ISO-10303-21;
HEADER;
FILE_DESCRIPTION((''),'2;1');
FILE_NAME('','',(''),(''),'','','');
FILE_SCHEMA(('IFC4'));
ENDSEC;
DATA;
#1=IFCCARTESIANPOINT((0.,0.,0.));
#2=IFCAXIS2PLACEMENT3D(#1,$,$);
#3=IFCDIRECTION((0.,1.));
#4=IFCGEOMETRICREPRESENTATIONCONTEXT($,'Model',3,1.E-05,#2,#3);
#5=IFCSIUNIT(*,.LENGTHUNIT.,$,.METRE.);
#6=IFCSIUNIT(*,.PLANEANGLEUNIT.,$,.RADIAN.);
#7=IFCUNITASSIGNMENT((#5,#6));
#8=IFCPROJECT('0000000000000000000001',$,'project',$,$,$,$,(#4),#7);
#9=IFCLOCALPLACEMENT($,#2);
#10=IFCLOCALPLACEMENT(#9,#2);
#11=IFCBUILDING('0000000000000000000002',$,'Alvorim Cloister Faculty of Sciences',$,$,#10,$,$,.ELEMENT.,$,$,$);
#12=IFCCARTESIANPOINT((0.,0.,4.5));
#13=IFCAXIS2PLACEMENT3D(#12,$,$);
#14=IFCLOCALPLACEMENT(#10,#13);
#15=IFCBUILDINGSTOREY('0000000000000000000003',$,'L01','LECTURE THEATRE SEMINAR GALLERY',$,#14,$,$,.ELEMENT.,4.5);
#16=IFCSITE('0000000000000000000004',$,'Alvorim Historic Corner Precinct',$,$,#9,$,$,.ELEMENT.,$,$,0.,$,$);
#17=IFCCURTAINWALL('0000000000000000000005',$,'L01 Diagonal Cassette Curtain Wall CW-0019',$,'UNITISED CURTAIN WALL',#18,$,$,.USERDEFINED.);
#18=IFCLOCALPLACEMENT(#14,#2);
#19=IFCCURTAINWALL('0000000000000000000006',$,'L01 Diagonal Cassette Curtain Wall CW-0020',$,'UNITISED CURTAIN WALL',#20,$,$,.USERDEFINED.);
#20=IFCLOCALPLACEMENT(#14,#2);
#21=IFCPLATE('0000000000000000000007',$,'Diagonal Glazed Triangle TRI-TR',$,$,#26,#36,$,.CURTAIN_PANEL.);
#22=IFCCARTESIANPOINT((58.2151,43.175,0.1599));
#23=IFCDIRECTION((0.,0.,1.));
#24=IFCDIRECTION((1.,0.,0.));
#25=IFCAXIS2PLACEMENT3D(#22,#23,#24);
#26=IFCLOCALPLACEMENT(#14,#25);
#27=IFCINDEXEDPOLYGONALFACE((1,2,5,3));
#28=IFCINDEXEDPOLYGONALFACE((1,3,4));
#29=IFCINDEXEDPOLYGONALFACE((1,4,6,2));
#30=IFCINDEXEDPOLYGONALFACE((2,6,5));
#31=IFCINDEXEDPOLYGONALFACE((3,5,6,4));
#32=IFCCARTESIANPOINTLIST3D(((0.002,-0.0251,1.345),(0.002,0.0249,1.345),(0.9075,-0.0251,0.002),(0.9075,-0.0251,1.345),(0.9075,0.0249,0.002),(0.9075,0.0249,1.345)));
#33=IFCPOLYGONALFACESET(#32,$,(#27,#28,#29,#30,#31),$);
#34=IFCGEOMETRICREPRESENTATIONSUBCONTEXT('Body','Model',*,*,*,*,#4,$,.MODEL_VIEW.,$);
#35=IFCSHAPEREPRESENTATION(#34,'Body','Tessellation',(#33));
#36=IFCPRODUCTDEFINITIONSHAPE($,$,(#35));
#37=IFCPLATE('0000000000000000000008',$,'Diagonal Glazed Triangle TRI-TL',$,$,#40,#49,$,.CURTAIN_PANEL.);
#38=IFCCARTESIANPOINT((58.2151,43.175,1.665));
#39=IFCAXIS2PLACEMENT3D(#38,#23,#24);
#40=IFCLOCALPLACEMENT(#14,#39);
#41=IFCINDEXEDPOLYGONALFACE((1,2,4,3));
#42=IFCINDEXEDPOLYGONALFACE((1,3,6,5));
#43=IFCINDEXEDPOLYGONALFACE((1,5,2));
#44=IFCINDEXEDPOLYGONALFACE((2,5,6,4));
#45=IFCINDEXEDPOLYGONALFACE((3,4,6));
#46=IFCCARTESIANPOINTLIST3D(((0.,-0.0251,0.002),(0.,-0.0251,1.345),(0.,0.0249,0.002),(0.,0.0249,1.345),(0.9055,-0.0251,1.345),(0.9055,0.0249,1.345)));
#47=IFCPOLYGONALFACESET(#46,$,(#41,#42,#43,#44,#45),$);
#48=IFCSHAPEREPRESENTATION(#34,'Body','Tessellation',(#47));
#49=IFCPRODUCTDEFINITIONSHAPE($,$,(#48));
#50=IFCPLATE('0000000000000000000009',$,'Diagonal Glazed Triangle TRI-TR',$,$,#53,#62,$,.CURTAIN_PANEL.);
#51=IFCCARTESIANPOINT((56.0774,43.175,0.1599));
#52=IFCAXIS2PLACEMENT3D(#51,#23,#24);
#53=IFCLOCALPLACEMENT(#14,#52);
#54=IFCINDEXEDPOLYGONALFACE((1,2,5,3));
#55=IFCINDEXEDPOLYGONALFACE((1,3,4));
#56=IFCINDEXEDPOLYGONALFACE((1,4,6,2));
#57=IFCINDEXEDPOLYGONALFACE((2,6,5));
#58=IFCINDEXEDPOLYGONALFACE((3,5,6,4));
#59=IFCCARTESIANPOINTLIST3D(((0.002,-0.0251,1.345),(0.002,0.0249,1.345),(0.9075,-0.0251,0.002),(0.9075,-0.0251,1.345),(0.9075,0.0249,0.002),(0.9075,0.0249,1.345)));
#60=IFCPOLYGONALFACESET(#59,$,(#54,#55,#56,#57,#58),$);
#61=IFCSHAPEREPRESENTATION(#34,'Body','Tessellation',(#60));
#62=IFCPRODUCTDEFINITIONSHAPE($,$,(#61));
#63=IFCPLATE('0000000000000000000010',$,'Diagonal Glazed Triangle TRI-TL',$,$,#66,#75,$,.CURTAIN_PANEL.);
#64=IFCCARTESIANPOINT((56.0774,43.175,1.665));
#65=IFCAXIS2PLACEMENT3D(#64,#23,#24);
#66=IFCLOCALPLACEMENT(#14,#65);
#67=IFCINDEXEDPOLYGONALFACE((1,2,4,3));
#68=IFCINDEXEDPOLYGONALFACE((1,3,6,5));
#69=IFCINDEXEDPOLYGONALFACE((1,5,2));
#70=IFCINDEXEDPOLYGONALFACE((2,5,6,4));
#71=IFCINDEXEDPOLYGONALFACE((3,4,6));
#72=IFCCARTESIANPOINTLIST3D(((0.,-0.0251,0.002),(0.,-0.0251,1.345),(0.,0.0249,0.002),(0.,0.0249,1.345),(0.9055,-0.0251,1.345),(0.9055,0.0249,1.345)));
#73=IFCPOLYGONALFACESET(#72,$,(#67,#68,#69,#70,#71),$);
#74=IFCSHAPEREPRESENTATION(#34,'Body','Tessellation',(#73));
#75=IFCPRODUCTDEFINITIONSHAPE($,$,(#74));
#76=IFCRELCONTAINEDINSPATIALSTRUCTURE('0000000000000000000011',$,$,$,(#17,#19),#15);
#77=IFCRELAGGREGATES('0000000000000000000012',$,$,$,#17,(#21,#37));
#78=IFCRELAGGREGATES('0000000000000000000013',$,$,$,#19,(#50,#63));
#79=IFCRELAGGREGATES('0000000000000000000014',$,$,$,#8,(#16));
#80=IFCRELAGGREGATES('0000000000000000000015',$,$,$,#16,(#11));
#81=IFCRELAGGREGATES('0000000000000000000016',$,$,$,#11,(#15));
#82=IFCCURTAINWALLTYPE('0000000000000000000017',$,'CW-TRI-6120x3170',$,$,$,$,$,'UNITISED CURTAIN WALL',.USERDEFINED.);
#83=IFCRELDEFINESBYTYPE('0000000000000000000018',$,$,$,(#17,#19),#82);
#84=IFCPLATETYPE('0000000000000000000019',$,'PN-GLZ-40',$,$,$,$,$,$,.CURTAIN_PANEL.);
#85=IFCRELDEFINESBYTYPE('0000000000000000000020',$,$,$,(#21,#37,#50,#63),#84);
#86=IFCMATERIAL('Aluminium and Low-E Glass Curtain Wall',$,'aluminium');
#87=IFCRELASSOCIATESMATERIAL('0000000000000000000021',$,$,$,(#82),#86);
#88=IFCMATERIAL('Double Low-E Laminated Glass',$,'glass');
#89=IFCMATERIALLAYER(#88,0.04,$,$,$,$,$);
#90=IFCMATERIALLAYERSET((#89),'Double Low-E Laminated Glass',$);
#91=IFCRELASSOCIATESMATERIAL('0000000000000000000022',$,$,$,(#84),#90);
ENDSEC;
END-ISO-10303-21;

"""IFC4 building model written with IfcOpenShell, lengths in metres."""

from ifc_helpers import new_model, si_unit, direction, frame, origin, place, context, subcontext, project, spatial, polyline, outline, extrude, material, layer, layer_set, type_object, element, aggregate, save


model = new_model("IFC4")

# Units and contexts
model_context = context("Model", 3, precision=1e-05, world=origin(), true_north=direction((0.0, 1.0)))
body_context = subcontext(model_context, "Body", "Model", "MODEL_VIEW")
ifc_project = project(units=[si_unit("LENGTHUNIT", "METRE"), si_unit("PLANEANGLEUNIT", "RADIAN")], contexts=[model_context])

# Site, building, storey
site_placement = place(None, origin())
site = spatial("IfcSite", under=ifc_project, at=site_placement, Name="Alvorim Historic Corner Precinct", CompositionType="ELEMENT", RefElevation=0.0)
building_placement = place(site_placement, origin())
building = spatial("IfcBuilding", under=site, at=building_placement, Name="Alvorim Cloister Faculty of Sciences", CompositionType="ELEMENT")
storey_placement = place(building_placement, frame((0.0, 0.0, 4.5)))
storey = spatial("IfcBuildingStorey", under=building, at=storey_placement, Name="L01", Description="LECTURE THEATRE SEMINAR GALLERY", CompositionType="ELEMENT", Elevation=4.5)

# Curtain wall
ifc_material_1 = material(Name="Aluminium and Low-E Glass Curtain Wall", Category="aluminium")
curtain_wall_type = type_object("IfcCurtainWallType", Name="CW-TRI-6120x3170", ElementType="UNITISED CURTAIN WALL", PredefinedType="USERDEFINED", material=ifc_material_1)
curtain_wall_1_placement = place(storey_placement, origin())
curtain_wall_1 = element("IfcCurtainWall", 1, at=curtain_wall_1_placement, inside=storey, type_object=curtain_wall_type, Name="L01 Diagonal Cassette Curtain Wall CW-0019", ObjectType="UNITISED CURTAIN WALL", PredefinedType="USERDEFINED")

# Curtain wall
curtain_wall_2_placement = place(storey_placement, origin())
curtain_wall_2 = element("IfcCurtainWall", 2, at=curtain_wall_2_placement, inside=storey, type_object=curtain_wall_type, Name="L01 Diagonal Cassette Curtain Wall CW-0020", ObjectType="UNITISED CURTAIN WALL", PredefinedType="USERDEFINED")

# Plates
ifc_material_2 = material(Name="Double Low-E Laminated Glass", Category="glass")
ifc_layer_1 = layer(ifc_material_2, 0.04)
ifc_layer_set_1 = layer_set([ifc_layer_1], Name="Double Low-E Laminated Glass")
plate_type_1 = type_object("IfcPlateType", Name="PN-GLZ-40", PredefinedType="CURTAIN_PANEL", material=ifc_layer_set_1)
plate_1_placement = place(storey_placement, frame((58.2151, 43.175, 0.1599), z_axis=(0.0, 0.0, 1.0), x_axis=(1.0, 0.0, 0.0)))
plate_1 = element("IfcPlate", 3, at=plate_1_placement, type_object=plate_type_1, Name="Diagonal Glazed Triangle TRI-TR", PredefinedType="CURTAIN_PANEL", context=body_context, shape_type="SweptSolid", body=[
    extrude(outline(polyline([(0.9075, 0.002), (0.9075, 1.345), (0.002, 1.345), (0.9075, 0.002)])), frame((0.0, 0.0249, 0.0), z_axis=(0.0, -1.0, 0.0), x_axis=(1.0, 0.0, 0.0)), (0.0, 0.0, 1.0), 0.05),
])
plate_2_placement = place(storey_placement, frame((58.2151, 43.175, 1.665), z_axis=(0.0, 0.0, 1.0), x_axis=(1.0, 0.0, 0.0)))
plate_2 = element("IfcPlate", 4, at=plate_2_placement, type_object=plate_type_1, Name="Diagonal Glazed Triangle TRI-TL", PredefinedType="CURTAIN_PANEL", context=body_context, shape_type="SweptSolid", body=[
    extrude(outline(polyline([(0.9055, 1.345), (0.0, 1.345), (0.0, 0.002), (0.9055, 1.345)])), frame((0.0, 0.0249, 0.0), z_axis=(0.0, -1.0, 0.0), x_axis=(1.0, 0.0, 0.0)), (0.0, 0.0, 1.0), 0.05),
])
aggregate(curtain_wall_1, [plate_1, plate_2])
plate_3_placement = place(storey_placement, frame((56.0774, 43.175, 0.1599), z_axis=(0.0, 0.0, 1.0), x_axis=(1.0, 0.0, 0.0)))
plate_3 = element("IfcPlate", 5, at=plate_3_placement, type_object=plate_type_1, Name="Diagonal Glazed Triangle TRI-TR", PredefinedType="CURTAIN_PANEL", context=body_context, shape_type="SweptSolid", body=[
    extrude(outline(polyline([(0.9075, 0.002), (0.9075, 1.345), (0.002, 1.345), (0.9075, 0.002)])), frame((0.0, 0.0249, 0.0), z_axis=(0.0, -1.0, 0.0), x_axis=(1.0, 0.0, 0.0)), (0.0, 0.0, 1.0), 0.05),
])
plate_4_placement = place(storey_placement, frame((56.0774, 43.175, 1.665), z_axis=(0.0, 0.0, 1.0), x_axis=(1.0, 0.0, 0.0)))
plate_4 = element("IfcPlate", 6, at=plate_4_placement, type_object=plate_type_1, Name="Diagonal Glazed Triangle TRI-TL", PredefinedType="CURTAIN_PANEL", context=body_context, shape_type="SweptSolid", body=[
    extrude(outline(polyline([(0.9055, 1.345), (0.0, 1.345), (0.0, 0.002), (0.9055, 1.345)])), frame((0.0, 0.0249, 0.0), z_axis=(0.0, -1.0, 0.0), x_axis=(1.0, 0.0, 0.0)), (0.0, 0.0, 1.0), 0.05),
])
aggregate(curtain_wall_2, [plate_3, plate_4])

save(model, "model.ifc")
